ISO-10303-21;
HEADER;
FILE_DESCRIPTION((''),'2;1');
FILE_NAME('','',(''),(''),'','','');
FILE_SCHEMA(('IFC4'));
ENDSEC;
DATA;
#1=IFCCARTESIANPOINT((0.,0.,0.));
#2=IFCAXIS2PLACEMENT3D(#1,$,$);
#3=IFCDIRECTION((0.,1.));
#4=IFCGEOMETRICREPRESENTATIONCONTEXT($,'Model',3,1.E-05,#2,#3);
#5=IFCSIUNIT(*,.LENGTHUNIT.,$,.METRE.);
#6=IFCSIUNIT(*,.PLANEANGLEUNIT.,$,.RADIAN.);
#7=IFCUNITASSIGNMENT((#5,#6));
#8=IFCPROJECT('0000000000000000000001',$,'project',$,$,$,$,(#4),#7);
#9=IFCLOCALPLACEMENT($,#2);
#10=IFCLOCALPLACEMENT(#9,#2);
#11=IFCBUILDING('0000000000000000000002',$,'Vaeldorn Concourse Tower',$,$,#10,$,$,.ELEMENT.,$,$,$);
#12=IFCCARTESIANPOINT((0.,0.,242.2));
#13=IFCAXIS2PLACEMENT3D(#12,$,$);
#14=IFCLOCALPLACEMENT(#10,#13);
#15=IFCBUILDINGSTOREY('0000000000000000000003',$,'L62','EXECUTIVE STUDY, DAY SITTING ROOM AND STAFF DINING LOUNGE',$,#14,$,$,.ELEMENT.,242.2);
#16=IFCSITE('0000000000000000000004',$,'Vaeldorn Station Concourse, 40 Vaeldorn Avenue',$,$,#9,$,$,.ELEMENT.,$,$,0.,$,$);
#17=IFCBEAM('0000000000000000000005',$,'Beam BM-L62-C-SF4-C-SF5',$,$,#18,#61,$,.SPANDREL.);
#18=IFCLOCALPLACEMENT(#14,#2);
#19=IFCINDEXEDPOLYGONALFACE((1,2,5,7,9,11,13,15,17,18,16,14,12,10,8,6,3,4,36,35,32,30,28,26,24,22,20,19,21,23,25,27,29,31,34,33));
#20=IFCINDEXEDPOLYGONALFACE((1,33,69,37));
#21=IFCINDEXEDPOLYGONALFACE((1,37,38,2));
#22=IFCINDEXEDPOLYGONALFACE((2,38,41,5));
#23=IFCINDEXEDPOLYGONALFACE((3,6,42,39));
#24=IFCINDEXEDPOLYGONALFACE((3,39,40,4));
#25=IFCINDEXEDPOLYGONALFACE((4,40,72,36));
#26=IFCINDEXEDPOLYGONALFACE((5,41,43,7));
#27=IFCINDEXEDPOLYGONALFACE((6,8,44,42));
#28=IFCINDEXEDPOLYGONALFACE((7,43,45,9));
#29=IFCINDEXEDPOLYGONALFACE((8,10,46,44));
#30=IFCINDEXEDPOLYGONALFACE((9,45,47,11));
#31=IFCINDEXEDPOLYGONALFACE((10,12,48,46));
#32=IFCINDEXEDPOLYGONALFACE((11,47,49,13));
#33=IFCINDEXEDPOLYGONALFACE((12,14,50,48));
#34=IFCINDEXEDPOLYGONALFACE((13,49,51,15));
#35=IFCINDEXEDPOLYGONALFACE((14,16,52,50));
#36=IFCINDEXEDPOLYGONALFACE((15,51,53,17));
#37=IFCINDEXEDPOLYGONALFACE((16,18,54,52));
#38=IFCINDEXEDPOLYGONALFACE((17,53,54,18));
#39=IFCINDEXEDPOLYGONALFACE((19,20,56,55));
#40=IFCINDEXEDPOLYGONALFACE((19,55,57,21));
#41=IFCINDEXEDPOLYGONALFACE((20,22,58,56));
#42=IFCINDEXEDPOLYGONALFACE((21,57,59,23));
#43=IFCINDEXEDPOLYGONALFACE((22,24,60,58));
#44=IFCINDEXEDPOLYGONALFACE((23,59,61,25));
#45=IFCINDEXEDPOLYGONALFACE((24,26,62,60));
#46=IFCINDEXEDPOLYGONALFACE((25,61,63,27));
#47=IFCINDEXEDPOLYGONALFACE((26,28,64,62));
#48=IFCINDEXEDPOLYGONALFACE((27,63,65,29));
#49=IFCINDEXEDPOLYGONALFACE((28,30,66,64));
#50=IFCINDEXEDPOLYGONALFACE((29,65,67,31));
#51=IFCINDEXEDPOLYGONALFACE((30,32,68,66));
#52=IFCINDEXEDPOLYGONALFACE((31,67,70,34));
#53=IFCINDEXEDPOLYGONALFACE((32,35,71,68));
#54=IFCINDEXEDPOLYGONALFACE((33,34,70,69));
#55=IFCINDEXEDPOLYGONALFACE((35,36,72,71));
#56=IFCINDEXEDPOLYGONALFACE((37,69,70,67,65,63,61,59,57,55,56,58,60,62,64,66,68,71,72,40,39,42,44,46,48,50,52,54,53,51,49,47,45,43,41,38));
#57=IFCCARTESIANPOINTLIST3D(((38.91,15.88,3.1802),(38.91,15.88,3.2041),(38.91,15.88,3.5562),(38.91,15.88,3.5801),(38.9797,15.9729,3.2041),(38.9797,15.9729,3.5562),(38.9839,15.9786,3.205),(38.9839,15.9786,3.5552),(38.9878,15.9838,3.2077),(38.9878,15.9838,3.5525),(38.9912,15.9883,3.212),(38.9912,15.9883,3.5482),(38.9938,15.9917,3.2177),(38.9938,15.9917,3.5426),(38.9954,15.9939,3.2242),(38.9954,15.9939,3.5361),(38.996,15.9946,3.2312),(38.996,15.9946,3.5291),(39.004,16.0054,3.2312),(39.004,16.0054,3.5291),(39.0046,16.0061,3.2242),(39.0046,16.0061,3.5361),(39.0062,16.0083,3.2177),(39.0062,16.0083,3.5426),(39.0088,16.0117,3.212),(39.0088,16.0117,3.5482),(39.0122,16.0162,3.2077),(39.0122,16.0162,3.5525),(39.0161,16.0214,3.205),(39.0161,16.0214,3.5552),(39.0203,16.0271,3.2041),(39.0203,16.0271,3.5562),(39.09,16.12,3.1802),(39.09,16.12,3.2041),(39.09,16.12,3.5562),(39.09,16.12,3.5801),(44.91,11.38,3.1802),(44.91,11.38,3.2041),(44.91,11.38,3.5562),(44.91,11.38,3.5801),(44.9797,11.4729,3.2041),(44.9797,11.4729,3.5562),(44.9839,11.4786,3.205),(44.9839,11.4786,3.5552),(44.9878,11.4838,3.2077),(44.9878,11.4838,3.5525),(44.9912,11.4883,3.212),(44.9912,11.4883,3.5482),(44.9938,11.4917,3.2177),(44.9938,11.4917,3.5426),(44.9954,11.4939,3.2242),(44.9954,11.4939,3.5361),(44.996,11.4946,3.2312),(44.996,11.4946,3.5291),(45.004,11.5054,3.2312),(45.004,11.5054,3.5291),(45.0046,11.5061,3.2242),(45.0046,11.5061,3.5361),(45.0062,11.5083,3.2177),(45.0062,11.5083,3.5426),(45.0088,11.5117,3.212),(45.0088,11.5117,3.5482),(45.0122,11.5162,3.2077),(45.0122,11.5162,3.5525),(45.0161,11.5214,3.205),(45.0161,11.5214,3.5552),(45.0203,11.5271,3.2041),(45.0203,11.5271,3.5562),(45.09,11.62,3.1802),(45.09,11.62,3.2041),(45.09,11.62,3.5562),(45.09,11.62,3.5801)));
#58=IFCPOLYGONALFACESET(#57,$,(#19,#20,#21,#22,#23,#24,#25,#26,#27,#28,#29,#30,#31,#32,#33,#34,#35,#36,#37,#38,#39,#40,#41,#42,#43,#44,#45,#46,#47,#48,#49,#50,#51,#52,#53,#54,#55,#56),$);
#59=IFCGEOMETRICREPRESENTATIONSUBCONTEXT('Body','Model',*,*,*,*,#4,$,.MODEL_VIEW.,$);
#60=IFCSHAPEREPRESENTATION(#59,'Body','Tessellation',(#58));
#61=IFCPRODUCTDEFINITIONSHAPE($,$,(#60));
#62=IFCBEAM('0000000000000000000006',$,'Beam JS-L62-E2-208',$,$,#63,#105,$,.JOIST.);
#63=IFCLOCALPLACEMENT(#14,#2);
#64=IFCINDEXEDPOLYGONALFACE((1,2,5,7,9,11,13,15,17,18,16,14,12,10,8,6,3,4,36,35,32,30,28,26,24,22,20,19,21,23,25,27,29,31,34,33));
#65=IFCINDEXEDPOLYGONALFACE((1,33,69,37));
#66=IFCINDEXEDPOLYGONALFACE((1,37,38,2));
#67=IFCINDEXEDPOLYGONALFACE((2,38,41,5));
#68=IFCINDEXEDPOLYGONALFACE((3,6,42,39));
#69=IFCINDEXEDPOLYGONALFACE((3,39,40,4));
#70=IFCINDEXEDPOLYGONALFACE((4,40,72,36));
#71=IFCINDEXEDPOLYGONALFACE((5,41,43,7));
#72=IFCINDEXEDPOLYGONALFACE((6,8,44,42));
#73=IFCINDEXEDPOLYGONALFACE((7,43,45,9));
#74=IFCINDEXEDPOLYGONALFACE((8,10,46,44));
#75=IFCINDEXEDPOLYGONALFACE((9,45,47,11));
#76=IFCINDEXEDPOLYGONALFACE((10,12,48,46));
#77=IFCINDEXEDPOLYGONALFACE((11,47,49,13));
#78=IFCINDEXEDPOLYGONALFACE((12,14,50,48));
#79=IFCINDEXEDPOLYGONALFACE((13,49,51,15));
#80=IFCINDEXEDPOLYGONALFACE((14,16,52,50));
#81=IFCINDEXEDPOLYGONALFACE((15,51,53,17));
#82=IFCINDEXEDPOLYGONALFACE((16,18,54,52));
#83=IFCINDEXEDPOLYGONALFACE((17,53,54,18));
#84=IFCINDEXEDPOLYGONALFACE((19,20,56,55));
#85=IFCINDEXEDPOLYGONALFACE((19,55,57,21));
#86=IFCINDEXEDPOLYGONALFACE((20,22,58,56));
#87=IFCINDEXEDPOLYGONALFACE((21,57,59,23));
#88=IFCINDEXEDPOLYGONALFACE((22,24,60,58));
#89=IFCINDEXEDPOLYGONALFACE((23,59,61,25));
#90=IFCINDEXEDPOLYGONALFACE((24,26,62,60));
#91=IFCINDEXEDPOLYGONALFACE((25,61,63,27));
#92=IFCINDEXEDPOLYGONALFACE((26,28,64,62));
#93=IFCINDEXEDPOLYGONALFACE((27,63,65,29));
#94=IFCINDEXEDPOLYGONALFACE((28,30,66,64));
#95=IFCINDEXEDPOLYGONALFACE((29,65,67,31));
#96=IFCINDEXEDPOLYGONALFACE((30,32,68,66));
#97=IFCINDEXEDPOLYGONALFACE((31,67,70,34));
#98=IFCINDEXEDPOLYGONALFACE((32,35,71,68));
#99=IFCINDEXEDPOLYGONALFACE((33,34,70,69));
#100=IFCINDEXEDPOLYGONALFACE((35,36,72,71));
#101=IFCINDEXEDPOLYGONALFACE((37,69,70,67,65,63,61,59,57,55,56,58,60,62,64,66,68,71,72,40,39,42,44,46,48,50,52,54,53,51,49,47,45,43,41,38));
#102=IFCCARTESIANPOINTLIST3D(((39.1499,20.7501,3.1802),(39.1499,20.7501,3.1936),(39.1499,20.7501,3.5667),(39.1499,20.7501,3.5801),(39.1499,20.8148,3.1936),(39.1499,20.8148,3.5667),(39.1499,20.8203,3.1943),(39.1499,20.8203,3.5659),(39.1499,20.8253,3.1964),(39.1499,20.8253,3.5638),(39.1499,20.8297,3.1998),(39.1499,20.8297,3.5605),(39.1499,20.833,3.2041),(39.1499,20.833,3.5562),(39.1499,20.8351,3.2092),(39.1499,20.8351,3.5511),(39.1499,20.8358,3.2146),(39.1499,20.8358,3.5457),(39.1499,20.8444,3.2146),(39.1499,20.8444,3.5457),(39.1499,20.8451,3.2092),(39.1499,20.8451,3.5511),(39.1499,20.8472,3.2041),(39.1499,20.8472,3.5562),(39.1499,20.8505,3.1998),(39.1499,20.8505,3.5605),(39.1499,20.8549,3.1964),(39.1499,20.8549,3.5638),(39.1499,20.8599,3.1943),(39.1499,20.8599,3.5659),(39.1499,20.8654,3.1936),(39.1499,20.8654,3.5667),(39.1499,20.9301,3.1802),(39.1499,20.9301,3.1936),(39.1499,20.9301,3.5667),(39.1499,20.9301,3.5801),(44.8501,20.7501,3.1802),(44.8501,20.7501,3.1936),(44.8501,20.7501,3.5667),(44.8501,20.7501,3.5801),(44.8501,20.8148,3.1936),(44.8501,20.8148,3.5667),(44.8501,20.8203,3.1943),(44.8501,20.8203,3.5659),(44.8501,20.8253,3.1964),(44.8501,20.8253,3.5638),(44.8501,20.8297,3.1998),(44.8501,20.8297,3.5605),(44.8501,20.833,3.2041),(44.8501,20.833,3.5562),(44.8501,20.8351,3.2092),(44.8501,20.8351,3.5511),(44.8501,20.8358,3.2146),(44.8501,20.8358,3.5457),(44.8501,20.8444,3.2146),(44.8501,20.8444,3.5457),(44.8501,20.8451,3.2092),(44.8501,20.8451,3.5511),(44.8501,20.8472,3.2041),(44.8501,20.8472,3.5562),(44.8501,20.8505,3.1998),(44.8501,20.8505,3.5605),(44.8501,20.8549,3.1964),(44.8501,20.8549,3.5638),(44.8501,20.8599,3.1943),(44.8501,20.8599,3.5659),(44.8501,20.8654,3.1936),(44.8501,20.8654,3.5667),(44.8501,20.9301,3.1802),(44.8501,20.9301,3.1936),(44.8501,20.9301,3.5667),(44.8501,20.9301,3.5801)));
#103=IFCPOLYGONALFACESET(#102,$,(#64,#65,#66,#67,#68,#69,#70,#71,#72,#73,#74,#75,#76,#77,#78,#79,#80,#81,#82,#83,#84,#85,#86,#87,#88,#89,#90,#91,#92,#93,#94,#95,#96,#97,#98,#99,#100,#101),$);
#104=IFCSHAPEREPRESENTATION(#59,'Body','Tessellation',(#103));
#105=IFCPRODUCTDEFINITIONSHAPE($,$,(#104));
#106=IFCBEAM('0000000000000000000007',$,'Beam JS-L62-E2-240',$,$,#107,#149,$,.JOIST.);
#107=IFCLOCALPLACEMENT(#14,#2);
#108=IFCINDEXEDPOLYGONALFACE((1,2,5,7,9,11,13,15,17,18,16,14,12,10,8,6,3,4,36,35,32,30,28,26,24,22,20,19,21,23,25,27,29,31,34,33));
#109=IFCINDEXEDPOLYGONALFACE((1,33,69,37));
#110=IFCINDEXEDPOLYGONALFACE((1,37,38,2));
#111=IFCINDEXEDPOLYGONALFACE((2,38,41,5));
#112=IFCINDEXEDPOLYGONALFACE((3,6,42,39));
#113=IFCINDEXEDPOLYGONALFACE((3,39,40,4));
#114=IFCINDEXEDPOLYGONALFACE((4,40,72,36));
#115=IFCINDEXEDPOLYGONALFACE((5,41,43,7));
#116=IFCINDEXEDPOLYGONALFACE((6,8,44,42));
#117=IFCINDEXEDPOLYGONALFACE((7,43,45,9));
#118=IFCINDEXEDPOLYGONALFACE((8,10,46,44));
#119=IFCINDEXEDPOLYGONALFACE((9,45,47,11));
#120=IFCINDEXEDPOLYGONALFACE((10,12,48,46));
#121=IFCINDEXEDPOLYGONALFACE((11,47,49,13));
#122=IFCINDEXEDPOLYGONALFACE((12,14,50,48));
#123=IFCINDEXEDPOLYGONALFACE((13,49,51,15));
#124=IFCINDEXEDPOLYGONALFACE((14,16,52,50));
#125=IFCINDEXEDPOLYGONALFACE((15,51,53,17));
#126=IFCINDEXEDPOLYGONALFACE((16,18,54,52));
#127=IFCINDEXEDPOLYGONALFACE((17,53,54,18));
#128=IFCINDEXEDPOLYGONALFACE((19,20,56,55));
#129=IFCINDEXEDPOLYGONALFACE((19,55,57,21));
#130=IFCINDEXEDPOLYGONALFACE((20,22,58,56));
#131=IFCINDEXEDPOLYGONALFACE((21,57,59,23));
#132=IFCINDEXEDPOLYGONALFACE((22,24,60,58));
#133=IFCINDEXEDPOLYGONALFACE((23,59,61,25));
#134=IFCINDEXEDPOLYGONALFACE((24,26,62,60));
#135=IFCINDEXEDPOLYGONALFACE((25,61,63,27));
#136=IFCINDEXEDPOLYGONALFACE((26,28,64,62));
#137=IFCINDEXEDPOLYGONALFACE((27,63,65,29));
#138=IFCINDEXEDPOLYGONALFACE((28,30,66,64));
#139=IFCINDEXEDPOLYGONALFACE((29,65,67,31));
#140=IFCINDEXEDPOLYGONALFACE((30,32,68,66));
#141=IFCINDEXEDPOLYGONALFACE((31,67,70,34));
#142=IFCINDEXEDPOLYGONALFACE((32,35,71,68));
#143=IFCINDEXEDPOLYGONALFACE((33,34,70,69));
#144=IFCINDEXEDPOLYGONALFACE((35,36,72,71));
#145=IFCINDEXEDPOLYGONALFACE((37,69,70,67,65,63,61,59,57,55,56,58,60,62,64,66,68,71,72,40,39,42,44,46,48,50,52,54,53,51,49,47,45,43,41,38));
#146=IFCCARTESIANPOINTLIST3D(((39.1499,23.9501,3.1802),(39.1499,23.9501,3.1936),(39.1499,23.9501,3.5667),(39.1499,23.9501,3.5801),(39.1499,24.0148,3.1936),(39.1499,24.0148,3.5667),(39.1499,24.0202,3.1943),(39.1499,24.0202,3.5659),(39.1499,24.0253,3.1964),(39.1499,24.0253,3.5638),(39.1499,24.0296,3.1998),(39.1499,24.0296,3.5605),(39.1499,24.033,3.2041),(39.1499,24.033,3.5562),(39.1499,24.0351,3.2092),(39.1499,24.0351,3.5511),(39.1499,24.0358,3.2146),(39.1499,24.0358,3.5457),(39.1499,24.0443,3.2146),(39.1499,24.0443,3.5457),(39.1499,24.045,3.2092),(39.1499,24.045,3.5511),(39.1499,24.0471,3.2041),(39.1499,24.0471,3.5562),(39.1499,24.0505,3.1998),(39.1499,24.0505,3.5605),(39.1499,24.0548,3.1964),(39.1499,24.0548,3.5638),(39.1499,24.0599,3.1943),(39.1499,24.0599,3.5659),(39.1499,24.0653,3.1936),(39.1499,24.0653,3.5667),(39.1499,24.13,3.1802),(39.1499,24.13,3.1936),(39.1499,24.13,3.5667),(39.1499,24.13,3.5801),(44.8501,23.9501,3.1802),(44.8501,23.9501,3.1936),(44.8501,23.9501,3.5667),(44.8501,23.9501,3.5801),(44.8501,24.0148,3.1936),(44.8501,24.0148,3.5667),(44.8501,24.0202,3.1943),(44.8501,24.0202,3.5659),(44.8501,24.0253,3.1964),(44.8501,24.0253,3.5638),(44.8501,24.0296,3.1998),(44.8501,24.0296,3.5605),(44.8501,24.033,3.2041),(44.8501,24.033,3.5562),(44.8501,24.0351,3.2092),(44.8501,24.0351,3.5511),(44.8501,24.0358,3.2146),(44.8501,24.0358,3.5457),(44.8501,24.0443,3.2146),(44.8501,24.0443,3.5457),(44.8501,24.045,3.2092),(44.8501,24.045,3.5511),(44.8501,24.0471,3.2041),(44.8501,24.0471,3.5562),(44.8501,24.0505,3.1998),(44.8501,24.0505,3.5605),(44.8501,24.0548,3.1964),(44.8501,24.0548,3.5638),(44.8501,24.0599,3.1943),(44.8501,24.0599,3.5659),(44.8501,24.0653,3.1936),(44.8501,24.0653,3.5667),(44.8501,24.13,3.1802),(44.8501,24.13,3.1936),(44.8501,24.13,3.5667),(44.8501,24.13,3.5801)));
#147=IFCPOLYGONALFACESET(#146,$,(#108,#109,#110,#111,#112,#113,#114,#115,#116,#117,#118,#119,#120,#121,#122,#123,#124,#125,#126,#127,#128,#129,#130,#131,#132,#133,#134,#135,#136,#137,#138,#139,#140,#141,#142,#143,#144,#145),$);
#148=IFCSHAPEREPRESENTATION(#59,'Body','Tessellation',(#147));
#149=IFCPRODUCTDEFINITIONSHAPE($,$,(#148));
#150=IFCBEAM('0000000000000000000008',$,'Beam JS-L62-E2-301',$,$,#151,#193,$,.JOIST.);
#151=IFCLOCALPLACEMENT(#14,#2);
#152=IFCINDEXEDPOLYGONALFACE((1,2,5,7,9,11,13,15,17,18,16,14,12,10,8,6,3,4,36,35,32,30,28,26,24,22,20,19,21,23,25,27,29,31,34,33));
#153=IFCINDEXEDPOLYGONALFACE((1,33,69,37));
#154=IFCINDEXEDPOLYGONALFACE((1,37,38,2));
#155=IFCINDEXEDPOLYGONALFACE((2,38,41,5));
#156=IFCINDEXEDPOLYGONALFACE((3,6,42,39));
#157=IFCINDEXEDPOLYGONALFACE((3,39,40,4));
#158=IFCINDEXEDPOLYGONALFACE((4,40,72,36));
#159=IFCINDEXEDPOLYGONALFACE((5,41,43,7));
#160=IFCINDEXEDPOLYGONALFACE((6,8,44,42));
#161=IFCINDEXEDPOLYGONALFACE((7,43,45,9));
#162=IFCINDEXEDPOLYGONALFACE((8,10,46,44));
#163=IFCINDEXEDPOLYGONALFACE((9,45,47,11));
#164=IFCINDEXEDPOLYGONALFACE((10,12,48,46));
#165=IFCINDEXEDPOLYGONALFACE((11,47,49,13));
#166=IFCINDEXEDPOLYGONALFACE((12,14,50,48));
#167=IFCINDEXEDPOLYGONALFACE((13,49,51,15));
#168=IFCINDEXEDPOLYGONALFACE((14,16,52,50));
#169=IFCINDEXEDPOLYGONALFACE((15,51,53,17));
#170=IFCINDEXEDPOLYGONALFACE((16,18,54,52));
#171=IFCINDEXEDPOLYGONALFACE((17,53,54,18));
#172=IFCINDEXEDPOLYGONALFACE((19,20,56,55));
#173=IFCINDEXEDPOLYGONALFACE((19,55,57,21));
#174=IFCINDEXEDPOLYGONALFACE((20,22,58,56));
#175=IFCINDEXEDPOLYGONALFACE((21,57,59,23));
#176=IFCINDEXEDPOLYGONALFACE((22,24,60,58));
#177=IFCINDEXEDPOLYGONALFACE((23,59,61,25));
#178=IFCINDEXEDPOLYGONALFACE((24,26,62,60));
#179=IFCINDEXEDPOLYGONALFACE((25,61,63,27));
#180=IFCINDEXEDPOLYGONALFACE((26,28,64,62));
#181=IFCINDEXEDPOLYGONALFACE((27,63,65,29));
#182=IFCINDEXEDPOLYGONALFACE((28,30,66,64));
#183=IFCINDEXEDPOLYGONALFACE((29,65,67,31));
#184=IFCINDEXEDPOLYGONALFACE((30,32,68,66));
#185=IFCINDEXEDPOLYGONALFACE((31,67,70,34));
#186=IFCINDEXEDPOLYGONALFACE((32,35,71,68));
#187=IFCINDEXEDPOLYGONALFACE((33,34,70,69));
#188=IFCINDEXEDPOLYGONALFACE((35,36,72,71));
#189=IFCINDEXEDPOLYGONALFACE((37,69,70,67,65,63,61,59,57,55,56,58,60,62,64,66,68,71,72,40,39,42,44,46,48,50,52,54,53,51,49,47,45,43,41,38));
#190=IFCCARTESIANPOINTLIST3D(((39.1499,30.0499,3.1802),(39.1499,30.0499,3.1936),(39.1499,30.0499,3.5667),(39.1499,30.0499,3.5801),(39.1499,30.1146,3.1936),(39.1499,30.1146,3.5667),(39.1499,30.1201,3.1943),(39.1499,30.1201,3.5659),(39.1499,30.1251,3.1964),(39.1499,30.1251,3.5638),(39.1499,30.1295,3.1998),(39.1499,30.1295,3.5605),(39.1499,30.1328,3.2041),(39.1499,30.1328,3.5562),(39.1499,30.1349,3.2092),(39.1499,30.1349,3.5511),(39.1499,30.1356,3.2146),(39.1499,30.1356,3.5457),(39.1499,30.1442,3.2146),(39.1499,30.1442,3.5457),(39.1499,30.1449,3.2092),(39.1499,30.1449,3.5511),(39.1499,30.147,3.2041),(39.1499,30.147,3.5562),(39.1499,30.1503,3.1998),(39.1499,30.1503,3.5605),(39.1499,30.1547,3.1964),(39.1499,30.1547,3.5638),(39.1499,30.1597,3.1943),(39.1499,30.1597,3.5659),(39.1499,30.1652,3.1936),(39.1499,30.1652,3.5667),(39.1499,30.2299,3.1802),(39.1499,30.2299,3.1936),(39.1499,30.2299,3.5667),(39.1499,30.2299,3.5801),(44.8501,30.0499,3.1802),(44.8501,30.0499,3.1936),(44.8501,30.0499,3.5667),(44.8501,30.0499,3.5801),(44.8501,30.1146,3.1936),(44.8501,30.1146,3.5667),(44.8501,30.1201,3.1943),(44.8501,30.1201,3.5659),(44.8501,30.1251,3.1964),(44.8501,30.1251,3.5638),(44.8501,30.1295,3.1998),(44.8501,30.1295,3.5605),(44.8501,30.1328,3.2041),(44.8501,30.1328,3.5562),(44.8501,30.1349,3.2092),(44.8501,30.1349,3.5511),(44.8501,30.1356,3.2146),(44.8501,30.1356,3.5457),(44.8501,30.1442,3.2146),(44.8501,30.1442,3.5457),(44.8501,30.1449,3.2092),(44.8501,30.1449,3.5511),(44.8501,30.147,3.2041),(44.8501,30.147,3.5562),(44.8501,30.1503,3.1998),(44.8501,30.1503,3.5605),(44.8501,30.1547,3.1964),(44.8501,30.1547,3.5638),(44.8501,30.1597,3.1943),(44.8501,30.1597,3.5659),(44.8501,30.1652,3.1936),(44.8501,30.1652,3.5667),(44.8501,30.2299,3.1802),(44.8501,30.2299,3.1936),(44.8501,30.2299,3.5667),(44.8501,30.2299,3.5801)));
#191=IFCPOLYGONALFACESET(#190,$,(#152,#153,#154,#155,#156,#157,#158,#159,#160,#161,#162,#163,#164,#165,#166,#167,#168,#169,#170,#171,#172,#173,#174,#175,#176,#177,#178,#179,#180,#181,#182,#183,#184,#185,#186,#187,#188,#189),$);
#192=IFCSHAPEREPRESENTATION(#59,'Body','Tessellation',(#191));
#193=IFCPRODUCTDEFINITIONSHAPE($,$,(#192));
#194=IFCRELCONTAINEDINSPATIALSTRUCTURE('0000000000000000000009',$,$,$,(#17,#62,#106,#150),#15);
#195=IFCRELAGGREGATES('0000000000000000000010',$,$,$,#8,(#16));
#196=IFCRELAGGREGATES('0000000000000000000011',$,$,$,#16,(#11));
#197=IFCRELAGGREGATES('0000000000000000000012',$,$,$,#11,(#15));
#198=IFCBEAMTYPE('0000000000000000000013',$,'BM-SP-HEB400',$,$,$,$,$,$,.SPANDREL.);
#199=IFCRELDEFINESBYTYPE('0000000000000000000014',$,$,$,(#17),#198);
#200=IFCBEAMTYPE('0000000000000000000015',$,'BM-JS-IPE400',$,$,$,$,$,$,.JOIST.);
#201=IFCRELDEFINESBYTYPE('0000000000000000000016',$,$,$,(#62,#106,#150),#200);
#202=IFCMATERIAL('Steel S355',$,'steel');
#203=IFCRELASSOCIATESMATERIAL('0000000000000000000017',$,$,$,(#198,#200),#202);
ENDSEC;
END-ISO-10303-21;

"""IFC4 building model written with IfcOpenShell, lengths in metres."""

from ifc_helpers import new_model, si_unit, direction, frame, origin, origin_2d, place, context, subcontext, project, spatial, i_section, extrude, source, transform, mapped, material, material_profile, profile_set, type_object, element, save


model = new_model("IFC4")

# Units and contexts
model_context = context("Model", 3, precision=1e-05, world=origin(), true_north=direction((0.0, 1.0)))
body_context = subcontext(model_context, "Body", "Model", "MODEL_VIEW")
ifc_project = project(units=[si_unit("LENGTHUNIT", "METRE"), si_unit("PLANEANGLEUNIT", "RADIAN")], contexts=[model_context])

# Site, building, storey
site_placement = place(None, origin())
site = spatial("IfcSite", under=ifc_project, at=site_placement, Name="Vaeldorn Station Concourse, 40 Vaeldorn Avenue", CompositionType="ELEMENT", RefElevation=0.0)
building_placement = place(site_placement, origin())
building = spatial("IfcBuilding", under=site, at=building_placement, Name="Vaeldorn Concourse Tower", CompositionType="ELEMENT")
storey_placement = place(building_placement, frame((0.0, 0.0, 242.2)))
storey = spatial("IfcBuildingStorey", under=building, at=storey_placement, Name="L62", Description="EXECUTIVE STUDY, DAY SITTING ROOM AND STAFF DINING LOUNGE", CompositionType="ELEMENT", Elevation=242.2)

# Shared definitions
ifc_material_1 = material(Name="Steel S355", Category="steel")

# Beams
ifc_material_profile_1 = material_profile(ifc_material_1, i_section(OverallWidth=0.3, OverallDepth=0.3999, WebThickness=0.0134, FlangeThickness=0.0239, FilletRadius=0.0271, at=origin_2d()), Name="HEB 400")
ifc_profile_set_1 = profile_set([ifc_material_profile_1], Name="Steel S355")
beam_type_1 = type_object("IfcBeamType", Name="BM-SP-HEB400", PredefinedType="SPANDREL", material=ifc_profile_set_1)
shared_shape_1 = source(origin(), body_context, "Body", "SweptSolid", [
    extrude(i_section(OverallWidth=0.3, OverallDepth=0.3999, WebThickness=0.0134, FlangeThickness=0.0239, FilletRadius=0.0271, at=origin_2d()), origin(), (0.0, 0.0, 1.0), 7.5),
])
beam_1_placement = place(storey_placement, frame((39.0, 16.0, 3.3801), z_axis=(0.8, -0.6, 0.0), x_axis=(0.6, 0.8, 0.0)))
element("IfcBeam", 1, at=beam_1_placement, inside=storey, type_object=beam_type_1, Name="Beam BM-L62-C-SF4-C-SF5", PredefinedType="SPANDREL", context=body_context, shape_type="MappedRepresentation", body=[
    mapped(shared_shape_1, transform((0.0, 0.0, 0.0), scale=1.0)),
])
ifc_material_profile_2 = material_profile(ifc_material_1, i_section(OverallWidth=0.1799, OverallDepth=0.3999, WebThickness=0.0085, FlangeThickness=0.0134, FilletRadius=0.021, at=origin_2d()), Name="IPE 400")
ifc_profile_set_2 = profile_set([ifc_material_profile_2], Name="Steel S355")
beam_type_2 = type_object("IfcBeamType", Name="BM-JS-IPE400", PredefinedType="JOIST", material=ifc_profile_set_2)
shared_shape_2 = source(origin(), body_context, "Body", "SweptSolid", [
    extrude(i_section(OverallWidth=0.1799, OverallDepth=0.3999, WebThickness=0.0085, FlangeThickness=0.0134, FilletRadius=0.021, at=origin_2d()), origin(), (0.0, 0.0, 1.0), 5.7002),
])
for number, where, z_axis, x_axis, name in (
    (2, (39.1499, 20.8401, 3.3801), (1.0, 0.0, 0.0), (0.0, 1.0, 0.0), "Beam JS-L62-E2-208"),
    (3, (39.1499, 24.04, 3.3801), (1.0, 0.0, 0.0), (0.0, 1.0, 0.0), "Beam JS-L62-E2-240"),
    (4, (39.1499, 30.1399, 3.3801), (1.0, 0.0, 0.0), (0.0, 1.0, 0.0), "Beam JS-L62-E2-301"),
):
    element("IfcBeam", number, at=place(storey_placement, frame(where, z_axis=z_axis, x_axis=x_axis)), inside=storey, type_object=beam_type_2, Name=name, PredefinedType="JOIST", context=body_context, shape_type="MappedRepresentation", body=[
        mapped(shared_shape_2, transform((0.0, 0.0, 0.0), scale=1.0)),
    ])

save(model, "model.ifc")
